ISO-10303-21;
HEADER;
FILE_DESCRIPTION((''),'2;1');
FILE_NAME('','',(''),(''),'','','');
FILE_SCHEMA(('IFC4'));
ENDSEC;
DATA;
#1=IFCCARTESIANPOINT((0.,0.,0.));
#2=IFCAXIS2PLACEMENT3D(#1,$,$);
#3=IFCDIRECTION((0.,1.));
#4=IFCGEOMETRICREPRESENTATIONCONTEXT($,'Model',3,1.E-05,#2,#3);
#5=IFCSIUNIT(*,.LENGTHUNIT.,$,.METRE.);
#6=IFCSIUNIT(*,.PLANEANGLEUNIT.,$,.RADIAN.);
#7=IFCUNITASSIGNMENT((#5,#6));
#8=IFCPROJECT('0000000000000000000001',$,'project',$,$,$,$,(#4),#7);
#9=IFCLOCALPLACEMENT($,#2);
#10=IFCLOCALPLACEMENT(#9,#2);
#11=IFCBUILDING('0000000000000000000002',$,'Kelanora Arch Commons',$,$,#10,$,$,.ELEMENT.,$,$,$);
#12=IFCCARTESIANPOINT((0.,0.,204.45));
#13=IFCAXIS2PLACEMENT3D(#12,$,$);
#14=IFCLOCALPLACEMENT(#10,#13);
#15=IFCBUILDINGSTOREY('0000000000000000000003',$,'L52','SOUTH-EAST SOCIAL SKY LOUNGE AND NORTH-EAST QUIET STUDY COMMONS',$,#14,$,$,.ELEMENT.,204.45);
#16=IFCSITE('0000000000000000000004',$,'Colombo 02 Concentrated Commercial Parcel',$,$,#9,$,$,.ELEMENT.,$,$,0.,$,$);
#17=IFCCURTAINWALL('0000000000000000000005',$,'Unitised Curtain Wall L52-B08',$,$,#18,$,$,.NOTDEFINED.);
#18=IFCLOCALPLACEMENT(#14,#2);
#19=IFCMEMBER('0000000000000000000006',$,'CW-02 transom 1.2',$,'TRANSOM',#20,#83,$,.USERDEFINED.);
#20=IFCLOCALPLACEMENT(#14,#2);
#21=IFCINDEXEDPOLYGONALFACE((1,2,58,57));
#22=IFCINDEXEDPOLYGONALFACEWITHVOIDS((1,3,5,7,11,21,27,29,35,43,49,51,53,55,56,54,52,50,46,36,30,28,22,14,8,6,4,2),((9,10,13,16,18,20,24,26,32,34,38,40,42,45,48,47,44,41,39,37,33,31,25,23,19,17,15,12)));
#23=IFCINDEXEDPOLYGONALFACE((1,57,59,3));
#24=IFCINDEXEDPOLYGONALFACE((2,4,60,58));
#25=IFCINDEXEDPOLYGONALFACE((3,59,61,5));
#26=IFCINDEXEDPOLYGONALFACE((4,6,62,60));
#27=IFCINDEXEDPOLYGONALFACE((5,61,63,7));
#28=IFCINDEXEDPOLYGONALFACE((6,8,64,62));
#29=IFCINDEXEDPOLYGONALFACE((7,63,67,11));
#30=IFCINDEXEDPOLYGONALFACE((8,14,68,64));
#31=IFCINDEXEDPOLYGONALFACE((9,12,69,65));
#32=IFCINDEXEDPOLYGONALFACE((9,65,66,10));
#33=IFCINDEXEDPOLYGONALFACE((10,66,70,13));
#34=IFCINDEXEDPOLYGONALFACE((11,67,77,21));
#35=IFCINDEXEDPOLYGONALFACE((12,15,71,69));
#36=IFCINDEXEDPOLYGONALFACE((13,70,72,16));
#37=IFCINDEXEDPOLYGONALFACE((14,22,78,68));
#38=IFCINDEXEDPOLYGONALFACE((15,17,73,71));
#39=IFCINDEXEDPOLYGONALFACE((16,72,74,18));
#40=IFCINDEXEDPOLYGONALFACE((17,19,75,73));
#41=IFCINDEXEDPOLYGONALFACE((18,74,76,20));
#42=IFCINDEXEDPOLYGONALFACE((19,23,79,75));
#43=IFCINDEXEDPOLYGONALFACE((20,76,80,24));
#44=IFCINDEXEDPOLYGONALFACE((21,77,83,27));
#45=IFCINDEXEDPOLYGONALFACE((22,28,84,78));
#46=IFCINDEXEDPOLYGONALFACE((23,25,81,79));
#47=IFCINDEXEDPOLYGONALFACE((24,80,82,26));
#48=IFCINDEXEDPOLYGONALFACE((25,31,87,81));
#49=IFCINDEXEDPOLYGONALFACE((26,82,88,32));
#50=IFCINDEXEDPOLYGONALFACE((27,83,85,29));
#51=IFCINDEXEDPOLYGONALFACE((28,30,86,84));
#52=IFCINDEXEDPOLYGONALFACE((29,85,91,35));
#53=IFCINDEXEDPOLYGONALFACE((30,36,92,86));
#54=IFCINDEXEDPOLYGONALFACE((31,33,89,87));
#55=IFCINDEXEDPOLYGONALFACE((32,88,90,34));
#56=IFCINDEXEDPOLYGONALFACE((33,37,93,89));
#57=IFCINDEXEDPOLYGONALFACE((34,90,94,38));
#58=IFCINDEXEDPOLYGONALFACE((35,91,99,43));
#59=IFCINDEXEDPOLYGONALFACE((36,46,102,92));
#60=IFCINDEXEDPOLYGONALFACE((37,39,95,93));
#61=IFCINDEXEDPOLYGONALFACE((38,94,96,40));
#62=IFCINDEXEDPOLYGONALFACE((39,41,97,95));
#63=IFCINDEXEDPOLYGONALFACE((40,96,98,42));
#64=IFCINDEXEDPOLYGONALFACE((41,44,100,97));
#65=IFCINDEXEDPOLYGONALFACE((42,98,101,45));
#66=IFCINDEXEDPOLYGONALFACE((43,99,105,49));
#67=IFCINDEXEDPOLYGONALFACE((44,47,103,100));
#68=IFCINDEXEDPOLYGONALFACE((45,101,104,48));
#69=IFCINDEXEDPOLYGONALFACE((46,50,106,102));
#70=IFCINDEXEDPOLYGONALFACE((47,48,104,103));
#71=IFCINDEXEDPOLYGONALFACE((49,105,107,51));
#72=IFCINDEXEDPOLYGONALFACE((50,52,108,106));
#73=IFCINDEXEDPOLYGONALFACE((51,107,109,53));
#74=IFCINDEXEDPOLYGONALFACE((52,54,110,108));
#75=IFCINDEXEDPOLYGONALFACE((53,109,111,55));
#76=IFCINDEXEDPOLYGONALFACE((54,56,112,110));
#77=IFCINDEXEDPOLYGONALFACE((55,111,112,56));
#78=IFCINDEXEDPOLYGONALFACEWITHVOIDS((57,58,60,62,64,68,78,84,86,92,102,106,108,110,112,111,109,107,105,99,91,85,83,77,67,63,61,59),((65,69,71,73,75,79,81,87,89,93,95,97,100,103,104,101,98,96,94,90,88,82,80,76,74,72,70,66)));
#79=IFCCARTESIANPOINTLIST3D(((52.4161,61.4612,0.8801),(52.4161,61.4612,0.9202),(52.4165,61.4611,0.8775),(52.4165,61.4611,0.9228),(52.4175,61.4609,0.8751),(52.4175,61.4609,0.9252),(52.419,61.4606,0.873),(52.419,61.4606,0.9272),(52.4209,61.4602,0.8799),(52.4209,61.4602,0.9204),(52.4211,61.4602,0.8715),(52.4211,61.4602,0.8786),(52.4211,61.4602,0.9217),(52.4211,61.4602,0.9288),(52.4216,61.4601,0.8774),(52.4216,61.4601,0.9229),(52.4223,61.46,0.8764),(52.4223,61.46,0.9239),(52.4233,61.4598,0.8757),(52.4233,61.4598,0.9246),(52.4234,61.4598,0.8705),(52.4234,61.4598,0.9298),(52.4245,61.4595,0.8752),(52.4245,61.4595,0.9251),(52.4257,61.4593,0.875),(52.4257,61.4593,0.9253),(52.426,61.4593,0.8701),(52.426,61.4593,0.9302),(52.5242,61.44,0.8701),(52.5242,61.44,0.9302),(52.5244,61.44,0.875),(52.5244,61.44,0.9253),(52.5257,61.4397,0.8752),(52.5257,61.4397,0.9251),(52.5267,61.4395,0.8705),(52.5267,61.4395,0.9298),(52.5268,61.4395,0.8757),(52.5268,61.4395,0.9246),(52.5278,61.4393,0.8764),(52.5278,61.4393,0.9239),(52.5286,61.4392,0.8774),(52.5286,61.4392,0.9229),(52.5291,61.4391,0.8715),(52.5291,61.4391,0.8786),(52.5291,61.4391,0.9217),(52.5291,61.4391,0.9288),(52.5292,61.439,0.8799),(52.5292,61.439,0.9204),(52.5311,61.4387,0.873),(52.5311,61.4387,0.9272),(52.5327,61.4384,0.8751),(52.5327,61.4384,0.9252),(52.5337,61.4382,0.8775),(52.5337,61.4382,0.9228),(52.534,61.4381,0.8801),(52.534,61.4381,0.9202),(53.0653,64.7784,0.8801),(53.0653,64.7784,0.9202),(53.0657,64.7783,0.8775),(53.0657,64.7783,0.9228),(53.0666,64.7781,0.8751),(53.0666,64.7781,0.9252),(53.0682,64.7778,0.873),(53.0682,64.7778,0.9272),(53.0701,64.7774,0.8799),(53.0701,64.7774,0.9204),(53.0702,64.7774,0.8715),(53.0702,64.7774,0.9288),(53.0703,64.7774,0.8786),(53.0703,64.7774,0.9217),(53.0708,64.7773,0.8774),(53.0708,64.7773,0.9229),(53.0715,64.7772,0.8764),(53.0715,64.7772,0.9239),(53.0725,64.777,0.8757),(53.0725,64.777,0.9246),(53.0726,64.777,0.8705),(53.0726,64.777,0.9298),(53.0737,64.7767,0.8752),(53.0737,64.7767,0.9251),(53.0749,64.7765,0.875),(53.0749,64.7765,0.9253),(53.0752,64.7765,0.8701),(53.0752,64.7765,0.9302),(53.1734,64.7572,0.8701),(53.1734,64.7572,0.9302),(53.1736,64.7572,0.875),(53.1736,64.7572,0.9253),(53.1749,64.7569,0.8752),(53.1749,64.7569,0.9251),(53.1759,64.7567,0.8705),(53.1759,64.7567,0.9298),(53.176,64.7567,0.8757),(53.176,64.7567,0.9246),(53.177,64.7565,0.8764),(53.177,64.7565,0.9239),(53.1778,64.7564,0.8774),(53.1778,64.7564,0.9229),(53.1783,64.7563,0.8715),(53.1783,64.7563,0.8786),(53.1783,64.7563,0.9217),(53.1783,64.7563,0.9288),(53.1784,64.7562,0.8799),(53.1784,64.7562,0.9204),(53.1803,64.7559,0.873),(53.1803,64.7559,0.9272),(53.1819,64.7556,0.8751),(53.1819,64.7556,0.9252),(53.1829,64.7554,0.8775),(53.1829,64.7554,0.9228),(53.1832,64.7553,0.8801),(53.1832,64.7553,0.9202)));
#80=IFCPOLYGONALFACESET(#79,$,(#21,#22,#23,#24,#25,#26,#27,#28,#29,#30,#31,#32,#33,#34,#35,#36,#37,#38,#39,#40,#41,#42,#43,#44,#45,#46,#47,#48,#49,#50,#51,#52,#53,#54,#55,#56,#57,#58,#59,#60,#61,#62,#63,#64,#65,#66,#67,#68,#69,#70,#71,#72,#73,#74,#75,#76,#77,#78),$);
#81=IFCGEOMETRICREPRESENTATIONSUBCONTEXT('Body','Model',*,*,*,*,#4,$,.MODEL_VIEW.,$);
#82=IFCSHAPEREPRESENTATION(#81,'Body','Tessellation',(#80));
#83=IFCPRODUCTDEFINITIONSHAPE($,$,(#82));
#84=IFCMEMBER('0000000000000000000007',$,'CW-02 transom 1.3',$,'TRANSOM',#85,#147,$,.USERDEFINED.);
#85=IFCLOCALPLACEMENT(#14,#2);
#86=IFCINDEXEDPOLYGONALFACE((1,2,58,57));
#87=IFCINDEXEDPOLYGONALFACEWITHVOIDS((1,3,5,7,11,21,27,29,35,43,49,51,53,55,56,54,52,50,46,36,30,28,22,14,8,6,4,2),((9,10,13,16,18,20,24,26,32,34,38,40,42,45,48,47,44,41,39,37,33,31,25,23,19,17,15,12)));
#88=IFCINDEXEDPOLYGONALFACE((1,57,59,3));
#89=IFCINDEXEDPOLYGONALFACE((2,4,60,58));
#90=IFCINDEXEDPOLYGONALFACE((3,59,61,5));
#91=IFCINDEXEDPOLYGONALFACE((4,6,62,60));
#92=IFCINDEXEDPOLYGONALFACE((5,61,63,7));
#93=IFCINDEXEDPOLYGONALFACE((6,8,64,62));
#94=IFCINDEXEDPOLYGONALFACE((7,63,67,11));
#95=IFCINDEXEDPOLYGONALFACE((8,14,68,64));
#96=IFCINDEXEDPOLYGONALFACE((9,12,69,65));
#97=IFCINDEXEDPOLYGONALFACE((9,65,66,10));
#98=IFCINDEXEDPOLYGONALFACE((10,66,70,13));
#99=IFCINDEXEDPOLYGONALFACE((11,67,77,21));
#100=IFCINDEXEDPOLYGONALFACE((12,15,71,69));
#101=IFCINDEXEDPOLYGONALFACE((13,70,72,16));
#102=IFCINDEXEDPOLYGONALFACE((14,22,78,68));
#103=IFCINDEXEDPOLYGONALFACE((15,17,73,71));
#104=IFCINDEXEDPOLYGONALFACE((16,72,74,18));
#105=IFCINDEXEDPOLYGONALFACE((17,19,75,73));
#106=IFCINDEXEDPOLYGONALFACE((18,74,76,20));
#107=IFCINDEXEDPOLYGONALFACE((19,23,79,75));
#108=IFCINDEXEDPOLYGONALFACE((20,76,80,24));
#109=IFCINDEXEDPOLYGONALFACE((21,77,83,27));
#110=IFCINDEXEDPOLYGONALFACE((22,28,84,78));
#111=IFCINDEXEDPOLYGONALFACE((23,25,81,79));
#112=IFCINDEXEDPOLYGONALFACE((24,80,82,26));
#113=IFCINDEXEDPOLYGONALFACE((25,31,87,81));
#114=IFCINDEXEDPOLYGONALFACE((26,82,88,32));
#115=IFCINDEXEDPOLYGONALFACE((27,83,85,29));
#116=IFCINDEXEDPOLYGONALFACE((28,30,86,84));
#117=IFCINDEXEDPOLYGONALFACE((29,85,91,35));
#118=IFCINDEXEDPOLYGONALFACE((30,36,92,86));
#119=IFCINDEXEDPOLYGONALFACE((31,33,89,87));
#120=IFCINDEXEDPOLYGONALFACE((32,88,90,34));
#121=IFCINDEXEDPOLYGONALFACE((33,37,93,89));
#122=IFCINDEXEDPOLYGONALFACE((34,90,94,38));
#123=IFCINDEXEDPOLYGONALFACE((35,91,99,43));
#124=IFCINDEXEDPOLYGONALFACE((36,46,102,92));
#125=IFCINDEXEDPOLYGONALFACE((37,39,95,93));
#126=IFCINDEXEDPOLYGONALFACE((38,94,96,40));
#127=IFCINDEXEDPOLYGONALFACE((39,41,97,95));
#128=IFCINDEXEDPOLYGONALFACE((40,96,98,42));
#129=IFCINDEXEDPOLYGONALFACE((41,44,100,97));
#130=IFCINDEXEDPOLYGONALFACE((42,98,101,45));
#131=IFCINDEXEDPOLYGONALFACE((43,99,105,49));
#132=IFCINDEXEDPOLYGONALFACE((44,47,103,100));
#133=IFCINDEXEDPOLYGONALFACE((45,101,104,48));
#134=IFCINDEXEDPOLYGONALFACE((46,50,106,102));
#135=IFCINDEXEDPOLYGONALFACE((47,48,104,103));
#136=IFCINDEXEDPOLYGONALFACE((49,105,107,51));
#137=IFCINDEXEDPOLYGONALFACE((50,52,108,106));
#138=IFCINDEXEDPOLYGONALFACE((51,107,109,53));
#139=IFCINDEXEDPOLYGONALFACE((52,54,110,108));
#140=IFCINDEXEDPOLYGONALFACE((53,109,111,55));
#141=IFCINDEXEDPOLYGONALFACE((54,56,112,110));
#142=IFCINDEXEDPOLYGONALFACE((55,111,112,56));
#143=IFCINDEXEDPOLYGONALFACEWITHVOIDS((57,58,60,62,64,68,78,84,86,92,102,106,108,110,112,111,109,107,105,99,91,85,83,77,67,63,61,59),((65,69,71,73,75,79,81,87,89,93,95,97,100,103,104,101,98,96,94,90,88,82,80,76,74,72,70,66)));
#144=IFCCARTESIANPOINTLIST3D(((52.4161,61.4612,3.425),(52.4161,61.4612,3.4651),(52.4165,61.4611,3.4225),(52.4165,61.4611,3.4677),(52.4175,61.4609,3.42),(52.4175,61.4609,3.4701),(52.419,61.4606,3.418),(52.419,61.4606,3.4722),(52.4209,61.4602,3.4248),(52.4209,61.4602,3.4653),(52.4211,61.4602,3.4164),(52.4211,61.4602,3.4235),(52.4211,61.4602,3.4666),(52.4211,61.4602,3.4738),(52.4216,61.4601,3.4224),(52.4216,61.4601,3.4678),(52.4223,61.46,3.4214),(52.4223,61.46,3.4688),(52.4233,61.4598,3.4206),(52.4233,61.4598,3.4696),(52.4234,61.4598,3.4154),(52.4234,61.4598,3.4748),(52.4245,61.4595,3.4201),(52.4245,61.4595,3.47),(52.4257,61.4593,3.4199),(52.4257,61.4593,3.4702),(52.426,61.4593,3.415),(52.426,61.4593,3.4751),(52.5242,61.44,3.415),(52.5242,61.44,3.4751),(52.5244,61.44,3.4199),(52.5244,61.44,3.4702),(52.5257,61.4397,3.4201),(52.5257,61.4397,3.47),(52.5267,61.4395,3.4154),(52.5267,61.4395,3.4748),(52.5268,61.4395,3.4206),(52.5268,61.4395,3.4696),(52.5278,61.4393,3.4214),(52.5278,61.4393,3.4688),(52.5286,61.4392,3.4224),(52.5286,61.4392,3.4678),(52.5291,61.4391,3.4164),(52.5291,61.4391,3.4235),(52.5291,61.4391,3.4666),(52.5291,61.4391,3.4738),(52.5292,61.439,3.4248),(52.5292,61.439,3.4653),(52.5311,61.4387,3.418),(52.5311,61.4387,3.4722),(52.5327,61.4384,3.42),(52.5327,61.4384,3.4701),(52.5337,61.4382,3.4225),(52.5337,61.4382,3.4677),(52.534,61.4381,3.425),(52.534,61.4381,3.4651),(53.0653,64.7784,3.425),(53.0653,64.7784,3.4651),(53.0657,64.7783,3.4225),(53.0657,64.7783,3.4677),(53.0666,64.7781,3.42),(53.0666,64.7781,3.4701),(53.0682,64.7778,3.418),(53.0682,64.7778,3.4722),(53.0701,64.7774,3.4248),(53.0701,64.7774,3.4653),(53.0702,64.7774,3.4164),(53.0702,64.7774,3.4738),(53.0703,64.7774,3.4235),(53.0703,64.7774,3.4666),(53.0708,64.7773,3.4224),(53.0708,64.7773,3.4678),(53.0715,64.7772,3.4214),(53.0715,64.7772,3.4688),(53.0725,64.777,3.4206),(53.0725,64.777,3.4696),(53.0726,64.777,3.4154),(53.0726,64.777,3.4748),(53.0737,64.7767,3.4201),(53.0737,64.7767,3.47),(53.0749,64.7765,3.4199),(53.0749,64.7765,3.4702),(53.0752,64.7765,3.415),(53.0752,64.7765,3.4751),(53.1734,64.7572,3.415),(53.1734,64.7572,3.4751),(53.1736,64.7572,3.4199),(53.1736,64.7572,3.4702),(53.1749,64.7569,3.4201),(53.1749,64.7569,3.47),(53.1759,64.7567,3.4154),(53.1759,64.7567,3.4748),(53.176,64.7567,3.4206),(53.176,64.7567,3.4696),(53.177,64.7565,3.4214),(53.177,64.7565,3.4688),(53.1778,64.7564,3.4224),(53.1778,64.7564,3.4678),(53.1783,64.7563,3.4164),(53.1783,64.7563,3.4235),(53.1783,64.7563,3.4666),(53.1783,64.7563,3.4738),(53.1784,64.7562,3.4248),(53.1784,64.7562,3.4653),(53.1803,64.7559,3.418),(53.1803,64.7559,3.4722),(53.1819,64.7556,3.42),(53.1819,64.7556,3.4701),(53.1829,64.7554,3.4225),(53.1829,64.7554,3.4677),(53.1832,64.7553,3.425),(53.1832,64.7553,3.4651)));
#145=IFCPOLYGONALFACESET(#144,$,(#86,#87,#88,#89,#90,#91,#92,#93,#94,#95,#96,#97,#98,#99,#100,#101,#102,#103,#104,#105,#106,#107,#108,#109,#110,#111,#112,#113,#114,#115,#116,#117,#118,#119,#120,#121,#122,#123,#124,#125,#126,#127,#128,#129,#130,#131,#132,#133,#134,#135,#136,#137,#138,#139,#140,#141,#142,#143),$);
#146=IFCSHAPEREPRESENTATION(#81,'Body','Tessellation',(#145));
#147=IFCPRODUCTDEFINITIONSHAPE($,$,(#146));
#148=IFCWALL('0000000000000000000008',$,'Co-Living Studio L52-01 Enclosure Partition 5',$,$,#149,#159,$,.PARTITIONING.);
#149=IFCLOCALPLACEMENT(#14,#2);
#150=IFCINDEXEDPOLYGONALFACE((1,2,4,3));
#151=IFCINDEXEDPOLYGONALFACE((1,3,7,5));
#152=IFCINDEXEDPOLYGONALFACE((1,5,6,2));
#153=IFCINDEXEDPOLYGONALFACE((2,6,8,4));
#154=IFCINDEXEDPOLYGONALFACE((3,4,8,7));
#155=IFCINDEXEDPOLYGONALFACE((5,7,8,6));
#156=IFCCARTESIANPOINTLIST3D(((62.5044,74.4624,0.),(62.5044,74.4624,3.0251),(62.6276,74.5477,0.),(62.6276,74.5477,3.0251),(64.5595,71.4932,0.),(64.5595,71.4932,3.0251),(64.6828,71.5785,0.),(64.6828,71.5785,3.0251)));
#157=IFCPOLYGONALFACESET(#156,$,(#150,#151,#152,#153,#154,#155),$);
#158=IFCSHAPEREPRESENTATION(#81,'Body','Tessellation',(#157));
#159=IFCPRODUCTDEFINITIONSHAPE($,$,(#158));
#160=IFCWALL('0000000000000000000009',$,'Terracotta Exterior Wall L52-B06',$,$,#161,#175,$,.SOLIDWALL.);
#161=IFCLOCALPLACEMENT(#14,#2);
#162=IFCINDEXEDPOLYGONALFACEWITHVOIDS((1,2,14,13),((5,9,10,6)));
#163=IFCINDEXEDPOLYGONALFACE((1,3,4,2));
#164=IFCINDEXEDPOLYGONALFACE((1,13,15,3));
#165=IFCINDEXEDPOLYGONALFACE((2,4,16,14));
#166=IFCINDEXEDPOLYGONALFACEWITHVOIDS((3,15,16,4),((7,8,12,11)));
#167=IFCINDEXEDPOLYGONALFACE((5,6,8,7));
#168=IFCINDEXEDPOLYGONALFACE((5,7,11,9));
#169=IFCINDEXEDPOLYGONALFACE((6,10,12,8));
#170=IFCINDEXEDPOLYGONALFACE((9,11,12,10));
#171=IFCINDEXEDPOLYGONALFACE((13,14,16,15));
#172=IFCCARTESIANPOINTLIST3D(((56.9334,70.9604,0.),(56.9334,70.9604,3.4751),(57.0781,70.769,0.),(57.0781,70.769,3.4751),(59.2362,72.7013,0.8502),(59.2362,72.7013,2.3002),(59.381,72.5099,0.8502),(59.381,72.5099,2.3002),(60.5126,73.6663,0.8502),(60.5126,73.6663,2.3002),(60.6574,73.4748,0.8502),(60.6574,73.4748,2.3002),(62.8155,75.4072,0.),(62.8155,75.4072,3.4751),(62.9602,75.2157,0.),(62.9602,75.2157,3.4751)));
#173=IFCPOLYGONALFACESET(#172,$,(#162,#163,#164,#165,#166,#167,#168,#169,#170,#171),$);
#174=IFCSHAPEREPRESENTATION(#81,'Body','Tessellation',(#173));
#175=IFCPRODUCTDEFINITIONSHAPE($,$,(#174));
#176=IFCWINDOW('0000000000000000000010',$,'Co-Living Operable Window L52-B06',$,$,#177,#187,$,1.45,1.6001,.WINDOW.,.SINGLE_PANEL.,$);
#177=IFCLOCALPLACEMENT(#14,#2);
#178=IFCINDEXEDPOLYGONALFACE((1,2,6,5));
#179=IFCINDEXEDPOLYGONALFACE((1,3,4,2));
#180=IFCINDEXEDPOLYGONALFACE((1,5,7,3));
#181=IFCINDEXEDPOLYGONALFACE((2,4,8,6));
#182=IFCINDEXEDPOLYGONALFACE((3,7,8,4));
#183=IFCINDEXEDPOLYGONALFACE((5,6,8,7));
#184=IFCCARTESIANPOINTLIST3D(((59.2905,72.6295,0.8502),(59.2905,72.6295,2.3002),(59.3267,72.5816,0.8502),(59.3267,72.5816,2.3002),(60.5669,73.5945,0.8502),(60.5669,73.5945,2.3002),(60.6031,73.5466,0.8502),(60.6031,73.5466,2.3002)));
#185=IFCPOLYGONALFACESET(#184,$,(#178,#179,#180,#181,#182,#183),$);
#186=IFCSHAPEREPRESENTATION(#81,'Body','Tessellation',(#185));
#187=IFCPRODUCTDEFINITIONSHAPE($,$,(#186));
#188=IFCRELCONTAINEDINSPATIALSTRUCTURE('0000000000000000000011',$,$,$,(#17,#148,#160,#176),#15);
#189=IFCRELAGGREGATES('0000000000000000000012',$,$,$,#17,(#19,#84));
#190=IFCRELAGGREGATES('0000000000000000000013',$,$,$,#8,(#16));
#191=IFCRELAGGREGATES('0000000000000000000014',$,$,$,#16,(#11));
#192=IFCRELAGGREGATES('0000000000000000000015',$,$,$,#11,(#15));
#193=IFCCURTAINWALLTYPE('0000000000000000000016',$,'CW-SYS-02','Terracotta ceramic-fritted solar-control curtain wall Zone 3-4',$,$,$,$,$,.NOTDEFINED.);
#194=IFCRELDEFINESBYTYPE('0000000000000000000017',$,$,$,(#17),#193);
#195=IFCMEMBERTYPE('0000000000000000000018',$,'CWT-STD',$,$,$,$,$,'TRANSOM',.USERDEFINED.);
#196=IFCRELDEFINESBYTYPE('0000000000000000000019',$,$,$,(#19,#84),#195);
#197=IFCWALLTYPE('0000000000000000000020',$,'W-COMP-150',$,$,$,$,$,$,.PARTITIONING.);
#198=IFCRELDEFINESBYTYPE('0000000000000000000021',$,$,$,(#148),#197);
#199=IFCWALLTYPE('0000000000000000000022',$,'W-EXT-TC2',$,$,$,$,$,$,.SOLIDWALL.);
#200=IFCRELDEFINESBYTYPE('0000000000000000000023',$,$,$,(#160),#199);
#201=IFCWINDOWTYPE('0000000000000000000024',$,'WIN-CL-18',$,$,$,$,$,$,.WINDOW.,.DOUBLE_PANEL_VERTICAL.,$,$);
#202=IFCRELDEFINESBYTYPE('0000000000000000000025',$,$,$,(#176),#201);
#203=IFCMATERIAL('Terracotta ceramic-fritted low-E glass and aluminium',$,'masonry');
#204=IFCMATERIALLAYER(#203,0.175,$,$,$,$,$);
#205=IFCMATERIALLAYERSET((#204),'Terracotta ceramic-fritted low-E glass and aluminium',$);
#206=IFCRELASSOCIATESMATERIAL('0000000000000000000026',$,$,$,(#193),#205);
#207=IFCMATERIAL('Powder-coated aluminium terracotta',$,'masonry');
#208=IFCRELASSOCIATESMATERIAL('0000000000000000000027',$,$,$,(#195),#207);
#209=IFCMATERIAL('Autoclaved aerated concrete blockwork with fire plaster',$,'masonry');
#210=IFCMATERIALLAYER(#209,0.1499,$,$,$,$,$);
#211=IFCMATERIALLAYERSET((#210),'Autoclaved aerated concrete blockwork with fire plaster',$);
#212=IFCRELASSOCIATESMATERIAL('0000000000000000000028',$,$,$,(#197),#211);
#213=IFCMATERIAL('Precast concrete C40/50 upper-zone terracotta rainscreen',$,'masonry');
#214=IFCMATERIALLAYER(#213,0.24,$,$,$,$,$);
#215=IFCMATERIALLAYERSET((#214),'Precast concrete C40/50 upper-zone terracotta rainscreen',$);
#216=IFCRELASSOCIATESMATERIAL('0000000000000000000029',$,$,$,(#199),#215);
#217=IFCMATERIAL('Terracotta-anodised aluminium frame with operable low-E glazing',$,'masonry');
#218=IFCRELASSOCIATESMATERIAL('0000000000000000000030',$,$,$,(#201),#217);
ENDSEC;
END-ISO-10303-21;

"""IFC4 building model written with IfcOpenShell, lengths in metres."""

from ifc_helpers import new_model, si_unit, direction, frame, frame_2d, origin, origin_2d, place, context, subcontext, project, spatial, rectangle, hollow_rectangle, extrude, material, layer, layer_set, material_profile, profile_set, type_object, element, fill, aggregate, save


model = new_model("IFC4")

# Units and contexts
model_context = context("Model", 3, precision=1e-05, world=origin(), true_north=direction((0.0, 1.0)))
body_context = subcontext(model_context, "Body", "Model", "MODEL_VIEW")
ifc_project = project(units=[si_unit("LENGTHUNIT", "METRE"), si_unit("PLANEANGLEUNIT", "RADIAN")], contexts=[model_context])

# Site, building, storey
site_placement = place(None, origin())
site = spatial("IfcSite", under=ifc_project, at=site_placement, Name="Colombo 02 Concentrated Commercial Parcel", CompositionType="ELEMENT", RefElevation=0.0)
building_placement = place(site_placement, origin())
building = spatial("IfcBuilding", under=site, at=building_placement, Name="Kelanora Arch Commons", CompositionType="ELEMENT")
storey_placement = place(building_placement, frame((0.0, 0.0, 204.45)))
storey = spatial("IfcBuildingStorey", under=building, at=storey_placement, Name="L52", Description="SOUTH-EAST SOCIAL SKY LOUNGE AND NORTH-EAST QUIET STUDY COMMONS", CompositionType="ELEMENT", Elevation=204.45)

# Curtain wall, members
ifc_material_1 = material(Name="Terracotta ceramic-fritted low-E glass and aluminium", Category="masonry")
ifc_layer_1 = layer(ifc_material_1, 0.175)
ifc_layer_set_1 = layer_set([ifc_layer_1], Name="Terracotta ceramic-fritted low-E glass and aluminium")
curtain_wall_type = type_object("IfcCurtainWallType", Name="CW-SYS-02", Description="Terracotta ceramic-fritted solar-control curtain wall Zone 3-4", PredefinedType="NOTDEFINED", material=ifc_layer_set_1)
curtain_wall_placement = place(storey_placement, origin())
curtain_wall = element("IfcCurtainWall", 1, at=curtain_wall_placement, inside=storey, type_object=curtain_wall_type, Name="Unitised Curtain Wall L52-B08", PredefinedType="NOTDEFINED")
ifc_material_2 = material(Name="Powder-coated aluminium terracotta", Category="masonry")
ifc_material_profile_1 = material_profile(ifc_material_2, hollow_rectangle(XDim=0.1201, YDim=0.0601, WallThickness=0.0049, InnerFilletRadius=0.0049, OuterFilletRadius=0.01, at=origin_2d()), Name="CWT120x60")
ifc_profile_set_1 = profile_set([ifc_material_profile_1], Name="Powder-coated aluminium terracotta")
member_type_1 = type_object("IfcMemberType", Name="CWT-STD", ElementType="TRANSOM", PredefinedType="USERDEFINED", material=ifc_profile_set_1)
member_1_placement = place(storey_placement, frame((53.1243, 64.7668, 0.9001), z_axis=(-0.192058, -0.981383, 0.0), x_axis=(0.981383, -0.192058, 0.0)))
member_1 = element("IfcMember", 2, at=member_1_placement, type_object=member_type_1, Name="CW-02 transom 1.2", ObjectType="TRANSOM", PredefinedType="USERDEFINED", context=body_context, shape_type="SweptSolid", body=[
    extrude(hollow_rectangle(XDim=0.1201, YDim=0.0601, WallThickness=0.0049, InnerFilletRadius=0.0049, OuterFilletRadius=0.01, at=origin_2d()), origin(), (0.0, 0.0, 1.0), 3.3801),
])
member_2_placement = place(storey_placement, frame((53.1243, 64.7668, 3.4451), z_axis=(-0.192058, -0.981383, 0.0), x_axis=(0.981383, -0.192058, 0.0)))
member_2 = element("IfcMember", 3, at=member_2_placement, type_object=member_type_1, Name="CW-02 transom 1.3", ObjectType="TRANSOM", PredefinedType="USERDEFINED", context=body_context, shape_type="SweptSolid", body=[
    extrude(hollow_rectangle(XDim=0.1201, YDim=0.0601, WallThickness=0.0049, InnerFilletRadius=0.0049, OuterFilletRadius=0.01, at=origin_2d()), origin(), (0.0, 0.0, 1.0), 3.3801),
])
aggregate(curtain_wall, [member_1, member_2])

# Wall
ifc_material_3 = material(Name="Autoclaved aerated concrete blockwork with fire plaster", Category="masonry")
ifc_layer_2 = layer(ifc_material_3, 0.1499)
ifc_layer_set_2 = layer_set([ifc_layer_2], Name="Autoclaved aerated concrete blockwork with fire plaster")
wall_type_1 = type_object("IfcWallType", Name="W-COMP-150", PredefinedType="PARTITIONING", material=ifc_layer_set_2)
wall_1_placement = place(storey_placement, frame((62.5659, 74.5051, 0.0), z_axis=(0.0, 0.0, 1.0), x_axis=(0.569126, -0.822251, 0.0)))
element("IfcWall", 4, at=wall_1_placement, inside=storey, type_object=wall_type_1, Name="Co-Living Studio L52-01 Enclosure Partition 5", PredefinedType="PARTITIONING", context=body_context, shape_type="SweptSolid", body=[
    extrude(rectangle(XDim=3.6111, YDim=0.1499, at=frame_2d((1.8057, 0.0))), origin(), (0.0, 0.0, 1.0), 3.0251),
])

# Wall, opening, window
ifc_material_4 = material(Name="Precast concrete C40/50 upper-zone terracotta rainscreen", Category="masonry")
ifc_layer_3 = layer(ifc_material_4, 0.24)
ifc_layer_set_3 = layer_set([ifc_layer_3], Name="Precast concrete C40/50 upper-zone terracotta rainscreen")
wall_type_2 = type_object("IfcWallType", Name="W-EXT-TC2", PredefinedType="SOLIDWALL", material=ifc_layer_set_3)
wall_2_placement = place(storey_placement, frame((62.8879, 75.3115, 0.0), z_axis=(0.0, 0.0, 1.0), x_axis=(-0.797702, -0.603052, 0.0)))
wall_2 = element("IfcWall", 5, at=wall_2_placement, inside=storey, type_object=wall_type_2, Name="Terracotta Exterior Wall L52-B06", PredefinedType="SOLIDWALL", context=body_context, shape_type="SweptSolid", body=[
    extrude(rectangle(XDim=7.3738, YDim=0.24, at=frame_2d((3.687, 0.0))), origin(), (0.0, 0.0, 1.0), 3.4751),
])
opening_1_placement = place(wall_2_placement, frame((2.887, 0.0, 0.8501)))
opening_1 = element("IfcOpeningElement", 6, at=opening_1_placement, cuts=wall_2, PredefinedType="OPENING", context=body_context, shape_type="SweptSolid", body=[
    extrude(rectangle(XDim=1.6001, YDim=1.45, at=frame_2d((0.8, 0.7251))), frame((0.0, 0.1299, 0.0), z_axis=(0.0, -1.0, 0.0), x_axis=(1.0, 0.0, 0.0)), (0.0, 0.0, 1.0), 0.26),
])
ifc_material_5 = material(Name="Terracotta-anodised aluminium frame with operable low-E glazing", Category="masonry")
window_type_1 = type_object("IfcWindowType", Name="WIN-CL-18", PartitioningType="DOUBLE_PANEL_VERTICAL", PredefinedType="WINDOW", material=ifc_material_5)
window_1_placement = place(opening_1_placement, origin())
window_1 = element("IfcWindow", 7, at=window_1_placement, inside=storey, type_object=window_type_1, Name="Co-Living Operable Window L52-B06", OverallHeight=1.45, OverallWidth=1.6001, PartitioningType="SINGLE_PANEL", PredefinedType="WINDOW", context=body_context, shape_type="SweptSolid", body=[
    extrude(rectangle(XDim=1.6001, YDim=1.45, at=frame_2d((0.8, 0.7251))), frame((0.0, 0.03, 0.0), z_axis=(0.0, -1.0, 0.0), x_axis=(1.0, 0.0, 0.0)), (0.0, 0.0, 1.0), 0.0601),
])
fill(opening_1, window_1)

save(model, "model.ifc")
